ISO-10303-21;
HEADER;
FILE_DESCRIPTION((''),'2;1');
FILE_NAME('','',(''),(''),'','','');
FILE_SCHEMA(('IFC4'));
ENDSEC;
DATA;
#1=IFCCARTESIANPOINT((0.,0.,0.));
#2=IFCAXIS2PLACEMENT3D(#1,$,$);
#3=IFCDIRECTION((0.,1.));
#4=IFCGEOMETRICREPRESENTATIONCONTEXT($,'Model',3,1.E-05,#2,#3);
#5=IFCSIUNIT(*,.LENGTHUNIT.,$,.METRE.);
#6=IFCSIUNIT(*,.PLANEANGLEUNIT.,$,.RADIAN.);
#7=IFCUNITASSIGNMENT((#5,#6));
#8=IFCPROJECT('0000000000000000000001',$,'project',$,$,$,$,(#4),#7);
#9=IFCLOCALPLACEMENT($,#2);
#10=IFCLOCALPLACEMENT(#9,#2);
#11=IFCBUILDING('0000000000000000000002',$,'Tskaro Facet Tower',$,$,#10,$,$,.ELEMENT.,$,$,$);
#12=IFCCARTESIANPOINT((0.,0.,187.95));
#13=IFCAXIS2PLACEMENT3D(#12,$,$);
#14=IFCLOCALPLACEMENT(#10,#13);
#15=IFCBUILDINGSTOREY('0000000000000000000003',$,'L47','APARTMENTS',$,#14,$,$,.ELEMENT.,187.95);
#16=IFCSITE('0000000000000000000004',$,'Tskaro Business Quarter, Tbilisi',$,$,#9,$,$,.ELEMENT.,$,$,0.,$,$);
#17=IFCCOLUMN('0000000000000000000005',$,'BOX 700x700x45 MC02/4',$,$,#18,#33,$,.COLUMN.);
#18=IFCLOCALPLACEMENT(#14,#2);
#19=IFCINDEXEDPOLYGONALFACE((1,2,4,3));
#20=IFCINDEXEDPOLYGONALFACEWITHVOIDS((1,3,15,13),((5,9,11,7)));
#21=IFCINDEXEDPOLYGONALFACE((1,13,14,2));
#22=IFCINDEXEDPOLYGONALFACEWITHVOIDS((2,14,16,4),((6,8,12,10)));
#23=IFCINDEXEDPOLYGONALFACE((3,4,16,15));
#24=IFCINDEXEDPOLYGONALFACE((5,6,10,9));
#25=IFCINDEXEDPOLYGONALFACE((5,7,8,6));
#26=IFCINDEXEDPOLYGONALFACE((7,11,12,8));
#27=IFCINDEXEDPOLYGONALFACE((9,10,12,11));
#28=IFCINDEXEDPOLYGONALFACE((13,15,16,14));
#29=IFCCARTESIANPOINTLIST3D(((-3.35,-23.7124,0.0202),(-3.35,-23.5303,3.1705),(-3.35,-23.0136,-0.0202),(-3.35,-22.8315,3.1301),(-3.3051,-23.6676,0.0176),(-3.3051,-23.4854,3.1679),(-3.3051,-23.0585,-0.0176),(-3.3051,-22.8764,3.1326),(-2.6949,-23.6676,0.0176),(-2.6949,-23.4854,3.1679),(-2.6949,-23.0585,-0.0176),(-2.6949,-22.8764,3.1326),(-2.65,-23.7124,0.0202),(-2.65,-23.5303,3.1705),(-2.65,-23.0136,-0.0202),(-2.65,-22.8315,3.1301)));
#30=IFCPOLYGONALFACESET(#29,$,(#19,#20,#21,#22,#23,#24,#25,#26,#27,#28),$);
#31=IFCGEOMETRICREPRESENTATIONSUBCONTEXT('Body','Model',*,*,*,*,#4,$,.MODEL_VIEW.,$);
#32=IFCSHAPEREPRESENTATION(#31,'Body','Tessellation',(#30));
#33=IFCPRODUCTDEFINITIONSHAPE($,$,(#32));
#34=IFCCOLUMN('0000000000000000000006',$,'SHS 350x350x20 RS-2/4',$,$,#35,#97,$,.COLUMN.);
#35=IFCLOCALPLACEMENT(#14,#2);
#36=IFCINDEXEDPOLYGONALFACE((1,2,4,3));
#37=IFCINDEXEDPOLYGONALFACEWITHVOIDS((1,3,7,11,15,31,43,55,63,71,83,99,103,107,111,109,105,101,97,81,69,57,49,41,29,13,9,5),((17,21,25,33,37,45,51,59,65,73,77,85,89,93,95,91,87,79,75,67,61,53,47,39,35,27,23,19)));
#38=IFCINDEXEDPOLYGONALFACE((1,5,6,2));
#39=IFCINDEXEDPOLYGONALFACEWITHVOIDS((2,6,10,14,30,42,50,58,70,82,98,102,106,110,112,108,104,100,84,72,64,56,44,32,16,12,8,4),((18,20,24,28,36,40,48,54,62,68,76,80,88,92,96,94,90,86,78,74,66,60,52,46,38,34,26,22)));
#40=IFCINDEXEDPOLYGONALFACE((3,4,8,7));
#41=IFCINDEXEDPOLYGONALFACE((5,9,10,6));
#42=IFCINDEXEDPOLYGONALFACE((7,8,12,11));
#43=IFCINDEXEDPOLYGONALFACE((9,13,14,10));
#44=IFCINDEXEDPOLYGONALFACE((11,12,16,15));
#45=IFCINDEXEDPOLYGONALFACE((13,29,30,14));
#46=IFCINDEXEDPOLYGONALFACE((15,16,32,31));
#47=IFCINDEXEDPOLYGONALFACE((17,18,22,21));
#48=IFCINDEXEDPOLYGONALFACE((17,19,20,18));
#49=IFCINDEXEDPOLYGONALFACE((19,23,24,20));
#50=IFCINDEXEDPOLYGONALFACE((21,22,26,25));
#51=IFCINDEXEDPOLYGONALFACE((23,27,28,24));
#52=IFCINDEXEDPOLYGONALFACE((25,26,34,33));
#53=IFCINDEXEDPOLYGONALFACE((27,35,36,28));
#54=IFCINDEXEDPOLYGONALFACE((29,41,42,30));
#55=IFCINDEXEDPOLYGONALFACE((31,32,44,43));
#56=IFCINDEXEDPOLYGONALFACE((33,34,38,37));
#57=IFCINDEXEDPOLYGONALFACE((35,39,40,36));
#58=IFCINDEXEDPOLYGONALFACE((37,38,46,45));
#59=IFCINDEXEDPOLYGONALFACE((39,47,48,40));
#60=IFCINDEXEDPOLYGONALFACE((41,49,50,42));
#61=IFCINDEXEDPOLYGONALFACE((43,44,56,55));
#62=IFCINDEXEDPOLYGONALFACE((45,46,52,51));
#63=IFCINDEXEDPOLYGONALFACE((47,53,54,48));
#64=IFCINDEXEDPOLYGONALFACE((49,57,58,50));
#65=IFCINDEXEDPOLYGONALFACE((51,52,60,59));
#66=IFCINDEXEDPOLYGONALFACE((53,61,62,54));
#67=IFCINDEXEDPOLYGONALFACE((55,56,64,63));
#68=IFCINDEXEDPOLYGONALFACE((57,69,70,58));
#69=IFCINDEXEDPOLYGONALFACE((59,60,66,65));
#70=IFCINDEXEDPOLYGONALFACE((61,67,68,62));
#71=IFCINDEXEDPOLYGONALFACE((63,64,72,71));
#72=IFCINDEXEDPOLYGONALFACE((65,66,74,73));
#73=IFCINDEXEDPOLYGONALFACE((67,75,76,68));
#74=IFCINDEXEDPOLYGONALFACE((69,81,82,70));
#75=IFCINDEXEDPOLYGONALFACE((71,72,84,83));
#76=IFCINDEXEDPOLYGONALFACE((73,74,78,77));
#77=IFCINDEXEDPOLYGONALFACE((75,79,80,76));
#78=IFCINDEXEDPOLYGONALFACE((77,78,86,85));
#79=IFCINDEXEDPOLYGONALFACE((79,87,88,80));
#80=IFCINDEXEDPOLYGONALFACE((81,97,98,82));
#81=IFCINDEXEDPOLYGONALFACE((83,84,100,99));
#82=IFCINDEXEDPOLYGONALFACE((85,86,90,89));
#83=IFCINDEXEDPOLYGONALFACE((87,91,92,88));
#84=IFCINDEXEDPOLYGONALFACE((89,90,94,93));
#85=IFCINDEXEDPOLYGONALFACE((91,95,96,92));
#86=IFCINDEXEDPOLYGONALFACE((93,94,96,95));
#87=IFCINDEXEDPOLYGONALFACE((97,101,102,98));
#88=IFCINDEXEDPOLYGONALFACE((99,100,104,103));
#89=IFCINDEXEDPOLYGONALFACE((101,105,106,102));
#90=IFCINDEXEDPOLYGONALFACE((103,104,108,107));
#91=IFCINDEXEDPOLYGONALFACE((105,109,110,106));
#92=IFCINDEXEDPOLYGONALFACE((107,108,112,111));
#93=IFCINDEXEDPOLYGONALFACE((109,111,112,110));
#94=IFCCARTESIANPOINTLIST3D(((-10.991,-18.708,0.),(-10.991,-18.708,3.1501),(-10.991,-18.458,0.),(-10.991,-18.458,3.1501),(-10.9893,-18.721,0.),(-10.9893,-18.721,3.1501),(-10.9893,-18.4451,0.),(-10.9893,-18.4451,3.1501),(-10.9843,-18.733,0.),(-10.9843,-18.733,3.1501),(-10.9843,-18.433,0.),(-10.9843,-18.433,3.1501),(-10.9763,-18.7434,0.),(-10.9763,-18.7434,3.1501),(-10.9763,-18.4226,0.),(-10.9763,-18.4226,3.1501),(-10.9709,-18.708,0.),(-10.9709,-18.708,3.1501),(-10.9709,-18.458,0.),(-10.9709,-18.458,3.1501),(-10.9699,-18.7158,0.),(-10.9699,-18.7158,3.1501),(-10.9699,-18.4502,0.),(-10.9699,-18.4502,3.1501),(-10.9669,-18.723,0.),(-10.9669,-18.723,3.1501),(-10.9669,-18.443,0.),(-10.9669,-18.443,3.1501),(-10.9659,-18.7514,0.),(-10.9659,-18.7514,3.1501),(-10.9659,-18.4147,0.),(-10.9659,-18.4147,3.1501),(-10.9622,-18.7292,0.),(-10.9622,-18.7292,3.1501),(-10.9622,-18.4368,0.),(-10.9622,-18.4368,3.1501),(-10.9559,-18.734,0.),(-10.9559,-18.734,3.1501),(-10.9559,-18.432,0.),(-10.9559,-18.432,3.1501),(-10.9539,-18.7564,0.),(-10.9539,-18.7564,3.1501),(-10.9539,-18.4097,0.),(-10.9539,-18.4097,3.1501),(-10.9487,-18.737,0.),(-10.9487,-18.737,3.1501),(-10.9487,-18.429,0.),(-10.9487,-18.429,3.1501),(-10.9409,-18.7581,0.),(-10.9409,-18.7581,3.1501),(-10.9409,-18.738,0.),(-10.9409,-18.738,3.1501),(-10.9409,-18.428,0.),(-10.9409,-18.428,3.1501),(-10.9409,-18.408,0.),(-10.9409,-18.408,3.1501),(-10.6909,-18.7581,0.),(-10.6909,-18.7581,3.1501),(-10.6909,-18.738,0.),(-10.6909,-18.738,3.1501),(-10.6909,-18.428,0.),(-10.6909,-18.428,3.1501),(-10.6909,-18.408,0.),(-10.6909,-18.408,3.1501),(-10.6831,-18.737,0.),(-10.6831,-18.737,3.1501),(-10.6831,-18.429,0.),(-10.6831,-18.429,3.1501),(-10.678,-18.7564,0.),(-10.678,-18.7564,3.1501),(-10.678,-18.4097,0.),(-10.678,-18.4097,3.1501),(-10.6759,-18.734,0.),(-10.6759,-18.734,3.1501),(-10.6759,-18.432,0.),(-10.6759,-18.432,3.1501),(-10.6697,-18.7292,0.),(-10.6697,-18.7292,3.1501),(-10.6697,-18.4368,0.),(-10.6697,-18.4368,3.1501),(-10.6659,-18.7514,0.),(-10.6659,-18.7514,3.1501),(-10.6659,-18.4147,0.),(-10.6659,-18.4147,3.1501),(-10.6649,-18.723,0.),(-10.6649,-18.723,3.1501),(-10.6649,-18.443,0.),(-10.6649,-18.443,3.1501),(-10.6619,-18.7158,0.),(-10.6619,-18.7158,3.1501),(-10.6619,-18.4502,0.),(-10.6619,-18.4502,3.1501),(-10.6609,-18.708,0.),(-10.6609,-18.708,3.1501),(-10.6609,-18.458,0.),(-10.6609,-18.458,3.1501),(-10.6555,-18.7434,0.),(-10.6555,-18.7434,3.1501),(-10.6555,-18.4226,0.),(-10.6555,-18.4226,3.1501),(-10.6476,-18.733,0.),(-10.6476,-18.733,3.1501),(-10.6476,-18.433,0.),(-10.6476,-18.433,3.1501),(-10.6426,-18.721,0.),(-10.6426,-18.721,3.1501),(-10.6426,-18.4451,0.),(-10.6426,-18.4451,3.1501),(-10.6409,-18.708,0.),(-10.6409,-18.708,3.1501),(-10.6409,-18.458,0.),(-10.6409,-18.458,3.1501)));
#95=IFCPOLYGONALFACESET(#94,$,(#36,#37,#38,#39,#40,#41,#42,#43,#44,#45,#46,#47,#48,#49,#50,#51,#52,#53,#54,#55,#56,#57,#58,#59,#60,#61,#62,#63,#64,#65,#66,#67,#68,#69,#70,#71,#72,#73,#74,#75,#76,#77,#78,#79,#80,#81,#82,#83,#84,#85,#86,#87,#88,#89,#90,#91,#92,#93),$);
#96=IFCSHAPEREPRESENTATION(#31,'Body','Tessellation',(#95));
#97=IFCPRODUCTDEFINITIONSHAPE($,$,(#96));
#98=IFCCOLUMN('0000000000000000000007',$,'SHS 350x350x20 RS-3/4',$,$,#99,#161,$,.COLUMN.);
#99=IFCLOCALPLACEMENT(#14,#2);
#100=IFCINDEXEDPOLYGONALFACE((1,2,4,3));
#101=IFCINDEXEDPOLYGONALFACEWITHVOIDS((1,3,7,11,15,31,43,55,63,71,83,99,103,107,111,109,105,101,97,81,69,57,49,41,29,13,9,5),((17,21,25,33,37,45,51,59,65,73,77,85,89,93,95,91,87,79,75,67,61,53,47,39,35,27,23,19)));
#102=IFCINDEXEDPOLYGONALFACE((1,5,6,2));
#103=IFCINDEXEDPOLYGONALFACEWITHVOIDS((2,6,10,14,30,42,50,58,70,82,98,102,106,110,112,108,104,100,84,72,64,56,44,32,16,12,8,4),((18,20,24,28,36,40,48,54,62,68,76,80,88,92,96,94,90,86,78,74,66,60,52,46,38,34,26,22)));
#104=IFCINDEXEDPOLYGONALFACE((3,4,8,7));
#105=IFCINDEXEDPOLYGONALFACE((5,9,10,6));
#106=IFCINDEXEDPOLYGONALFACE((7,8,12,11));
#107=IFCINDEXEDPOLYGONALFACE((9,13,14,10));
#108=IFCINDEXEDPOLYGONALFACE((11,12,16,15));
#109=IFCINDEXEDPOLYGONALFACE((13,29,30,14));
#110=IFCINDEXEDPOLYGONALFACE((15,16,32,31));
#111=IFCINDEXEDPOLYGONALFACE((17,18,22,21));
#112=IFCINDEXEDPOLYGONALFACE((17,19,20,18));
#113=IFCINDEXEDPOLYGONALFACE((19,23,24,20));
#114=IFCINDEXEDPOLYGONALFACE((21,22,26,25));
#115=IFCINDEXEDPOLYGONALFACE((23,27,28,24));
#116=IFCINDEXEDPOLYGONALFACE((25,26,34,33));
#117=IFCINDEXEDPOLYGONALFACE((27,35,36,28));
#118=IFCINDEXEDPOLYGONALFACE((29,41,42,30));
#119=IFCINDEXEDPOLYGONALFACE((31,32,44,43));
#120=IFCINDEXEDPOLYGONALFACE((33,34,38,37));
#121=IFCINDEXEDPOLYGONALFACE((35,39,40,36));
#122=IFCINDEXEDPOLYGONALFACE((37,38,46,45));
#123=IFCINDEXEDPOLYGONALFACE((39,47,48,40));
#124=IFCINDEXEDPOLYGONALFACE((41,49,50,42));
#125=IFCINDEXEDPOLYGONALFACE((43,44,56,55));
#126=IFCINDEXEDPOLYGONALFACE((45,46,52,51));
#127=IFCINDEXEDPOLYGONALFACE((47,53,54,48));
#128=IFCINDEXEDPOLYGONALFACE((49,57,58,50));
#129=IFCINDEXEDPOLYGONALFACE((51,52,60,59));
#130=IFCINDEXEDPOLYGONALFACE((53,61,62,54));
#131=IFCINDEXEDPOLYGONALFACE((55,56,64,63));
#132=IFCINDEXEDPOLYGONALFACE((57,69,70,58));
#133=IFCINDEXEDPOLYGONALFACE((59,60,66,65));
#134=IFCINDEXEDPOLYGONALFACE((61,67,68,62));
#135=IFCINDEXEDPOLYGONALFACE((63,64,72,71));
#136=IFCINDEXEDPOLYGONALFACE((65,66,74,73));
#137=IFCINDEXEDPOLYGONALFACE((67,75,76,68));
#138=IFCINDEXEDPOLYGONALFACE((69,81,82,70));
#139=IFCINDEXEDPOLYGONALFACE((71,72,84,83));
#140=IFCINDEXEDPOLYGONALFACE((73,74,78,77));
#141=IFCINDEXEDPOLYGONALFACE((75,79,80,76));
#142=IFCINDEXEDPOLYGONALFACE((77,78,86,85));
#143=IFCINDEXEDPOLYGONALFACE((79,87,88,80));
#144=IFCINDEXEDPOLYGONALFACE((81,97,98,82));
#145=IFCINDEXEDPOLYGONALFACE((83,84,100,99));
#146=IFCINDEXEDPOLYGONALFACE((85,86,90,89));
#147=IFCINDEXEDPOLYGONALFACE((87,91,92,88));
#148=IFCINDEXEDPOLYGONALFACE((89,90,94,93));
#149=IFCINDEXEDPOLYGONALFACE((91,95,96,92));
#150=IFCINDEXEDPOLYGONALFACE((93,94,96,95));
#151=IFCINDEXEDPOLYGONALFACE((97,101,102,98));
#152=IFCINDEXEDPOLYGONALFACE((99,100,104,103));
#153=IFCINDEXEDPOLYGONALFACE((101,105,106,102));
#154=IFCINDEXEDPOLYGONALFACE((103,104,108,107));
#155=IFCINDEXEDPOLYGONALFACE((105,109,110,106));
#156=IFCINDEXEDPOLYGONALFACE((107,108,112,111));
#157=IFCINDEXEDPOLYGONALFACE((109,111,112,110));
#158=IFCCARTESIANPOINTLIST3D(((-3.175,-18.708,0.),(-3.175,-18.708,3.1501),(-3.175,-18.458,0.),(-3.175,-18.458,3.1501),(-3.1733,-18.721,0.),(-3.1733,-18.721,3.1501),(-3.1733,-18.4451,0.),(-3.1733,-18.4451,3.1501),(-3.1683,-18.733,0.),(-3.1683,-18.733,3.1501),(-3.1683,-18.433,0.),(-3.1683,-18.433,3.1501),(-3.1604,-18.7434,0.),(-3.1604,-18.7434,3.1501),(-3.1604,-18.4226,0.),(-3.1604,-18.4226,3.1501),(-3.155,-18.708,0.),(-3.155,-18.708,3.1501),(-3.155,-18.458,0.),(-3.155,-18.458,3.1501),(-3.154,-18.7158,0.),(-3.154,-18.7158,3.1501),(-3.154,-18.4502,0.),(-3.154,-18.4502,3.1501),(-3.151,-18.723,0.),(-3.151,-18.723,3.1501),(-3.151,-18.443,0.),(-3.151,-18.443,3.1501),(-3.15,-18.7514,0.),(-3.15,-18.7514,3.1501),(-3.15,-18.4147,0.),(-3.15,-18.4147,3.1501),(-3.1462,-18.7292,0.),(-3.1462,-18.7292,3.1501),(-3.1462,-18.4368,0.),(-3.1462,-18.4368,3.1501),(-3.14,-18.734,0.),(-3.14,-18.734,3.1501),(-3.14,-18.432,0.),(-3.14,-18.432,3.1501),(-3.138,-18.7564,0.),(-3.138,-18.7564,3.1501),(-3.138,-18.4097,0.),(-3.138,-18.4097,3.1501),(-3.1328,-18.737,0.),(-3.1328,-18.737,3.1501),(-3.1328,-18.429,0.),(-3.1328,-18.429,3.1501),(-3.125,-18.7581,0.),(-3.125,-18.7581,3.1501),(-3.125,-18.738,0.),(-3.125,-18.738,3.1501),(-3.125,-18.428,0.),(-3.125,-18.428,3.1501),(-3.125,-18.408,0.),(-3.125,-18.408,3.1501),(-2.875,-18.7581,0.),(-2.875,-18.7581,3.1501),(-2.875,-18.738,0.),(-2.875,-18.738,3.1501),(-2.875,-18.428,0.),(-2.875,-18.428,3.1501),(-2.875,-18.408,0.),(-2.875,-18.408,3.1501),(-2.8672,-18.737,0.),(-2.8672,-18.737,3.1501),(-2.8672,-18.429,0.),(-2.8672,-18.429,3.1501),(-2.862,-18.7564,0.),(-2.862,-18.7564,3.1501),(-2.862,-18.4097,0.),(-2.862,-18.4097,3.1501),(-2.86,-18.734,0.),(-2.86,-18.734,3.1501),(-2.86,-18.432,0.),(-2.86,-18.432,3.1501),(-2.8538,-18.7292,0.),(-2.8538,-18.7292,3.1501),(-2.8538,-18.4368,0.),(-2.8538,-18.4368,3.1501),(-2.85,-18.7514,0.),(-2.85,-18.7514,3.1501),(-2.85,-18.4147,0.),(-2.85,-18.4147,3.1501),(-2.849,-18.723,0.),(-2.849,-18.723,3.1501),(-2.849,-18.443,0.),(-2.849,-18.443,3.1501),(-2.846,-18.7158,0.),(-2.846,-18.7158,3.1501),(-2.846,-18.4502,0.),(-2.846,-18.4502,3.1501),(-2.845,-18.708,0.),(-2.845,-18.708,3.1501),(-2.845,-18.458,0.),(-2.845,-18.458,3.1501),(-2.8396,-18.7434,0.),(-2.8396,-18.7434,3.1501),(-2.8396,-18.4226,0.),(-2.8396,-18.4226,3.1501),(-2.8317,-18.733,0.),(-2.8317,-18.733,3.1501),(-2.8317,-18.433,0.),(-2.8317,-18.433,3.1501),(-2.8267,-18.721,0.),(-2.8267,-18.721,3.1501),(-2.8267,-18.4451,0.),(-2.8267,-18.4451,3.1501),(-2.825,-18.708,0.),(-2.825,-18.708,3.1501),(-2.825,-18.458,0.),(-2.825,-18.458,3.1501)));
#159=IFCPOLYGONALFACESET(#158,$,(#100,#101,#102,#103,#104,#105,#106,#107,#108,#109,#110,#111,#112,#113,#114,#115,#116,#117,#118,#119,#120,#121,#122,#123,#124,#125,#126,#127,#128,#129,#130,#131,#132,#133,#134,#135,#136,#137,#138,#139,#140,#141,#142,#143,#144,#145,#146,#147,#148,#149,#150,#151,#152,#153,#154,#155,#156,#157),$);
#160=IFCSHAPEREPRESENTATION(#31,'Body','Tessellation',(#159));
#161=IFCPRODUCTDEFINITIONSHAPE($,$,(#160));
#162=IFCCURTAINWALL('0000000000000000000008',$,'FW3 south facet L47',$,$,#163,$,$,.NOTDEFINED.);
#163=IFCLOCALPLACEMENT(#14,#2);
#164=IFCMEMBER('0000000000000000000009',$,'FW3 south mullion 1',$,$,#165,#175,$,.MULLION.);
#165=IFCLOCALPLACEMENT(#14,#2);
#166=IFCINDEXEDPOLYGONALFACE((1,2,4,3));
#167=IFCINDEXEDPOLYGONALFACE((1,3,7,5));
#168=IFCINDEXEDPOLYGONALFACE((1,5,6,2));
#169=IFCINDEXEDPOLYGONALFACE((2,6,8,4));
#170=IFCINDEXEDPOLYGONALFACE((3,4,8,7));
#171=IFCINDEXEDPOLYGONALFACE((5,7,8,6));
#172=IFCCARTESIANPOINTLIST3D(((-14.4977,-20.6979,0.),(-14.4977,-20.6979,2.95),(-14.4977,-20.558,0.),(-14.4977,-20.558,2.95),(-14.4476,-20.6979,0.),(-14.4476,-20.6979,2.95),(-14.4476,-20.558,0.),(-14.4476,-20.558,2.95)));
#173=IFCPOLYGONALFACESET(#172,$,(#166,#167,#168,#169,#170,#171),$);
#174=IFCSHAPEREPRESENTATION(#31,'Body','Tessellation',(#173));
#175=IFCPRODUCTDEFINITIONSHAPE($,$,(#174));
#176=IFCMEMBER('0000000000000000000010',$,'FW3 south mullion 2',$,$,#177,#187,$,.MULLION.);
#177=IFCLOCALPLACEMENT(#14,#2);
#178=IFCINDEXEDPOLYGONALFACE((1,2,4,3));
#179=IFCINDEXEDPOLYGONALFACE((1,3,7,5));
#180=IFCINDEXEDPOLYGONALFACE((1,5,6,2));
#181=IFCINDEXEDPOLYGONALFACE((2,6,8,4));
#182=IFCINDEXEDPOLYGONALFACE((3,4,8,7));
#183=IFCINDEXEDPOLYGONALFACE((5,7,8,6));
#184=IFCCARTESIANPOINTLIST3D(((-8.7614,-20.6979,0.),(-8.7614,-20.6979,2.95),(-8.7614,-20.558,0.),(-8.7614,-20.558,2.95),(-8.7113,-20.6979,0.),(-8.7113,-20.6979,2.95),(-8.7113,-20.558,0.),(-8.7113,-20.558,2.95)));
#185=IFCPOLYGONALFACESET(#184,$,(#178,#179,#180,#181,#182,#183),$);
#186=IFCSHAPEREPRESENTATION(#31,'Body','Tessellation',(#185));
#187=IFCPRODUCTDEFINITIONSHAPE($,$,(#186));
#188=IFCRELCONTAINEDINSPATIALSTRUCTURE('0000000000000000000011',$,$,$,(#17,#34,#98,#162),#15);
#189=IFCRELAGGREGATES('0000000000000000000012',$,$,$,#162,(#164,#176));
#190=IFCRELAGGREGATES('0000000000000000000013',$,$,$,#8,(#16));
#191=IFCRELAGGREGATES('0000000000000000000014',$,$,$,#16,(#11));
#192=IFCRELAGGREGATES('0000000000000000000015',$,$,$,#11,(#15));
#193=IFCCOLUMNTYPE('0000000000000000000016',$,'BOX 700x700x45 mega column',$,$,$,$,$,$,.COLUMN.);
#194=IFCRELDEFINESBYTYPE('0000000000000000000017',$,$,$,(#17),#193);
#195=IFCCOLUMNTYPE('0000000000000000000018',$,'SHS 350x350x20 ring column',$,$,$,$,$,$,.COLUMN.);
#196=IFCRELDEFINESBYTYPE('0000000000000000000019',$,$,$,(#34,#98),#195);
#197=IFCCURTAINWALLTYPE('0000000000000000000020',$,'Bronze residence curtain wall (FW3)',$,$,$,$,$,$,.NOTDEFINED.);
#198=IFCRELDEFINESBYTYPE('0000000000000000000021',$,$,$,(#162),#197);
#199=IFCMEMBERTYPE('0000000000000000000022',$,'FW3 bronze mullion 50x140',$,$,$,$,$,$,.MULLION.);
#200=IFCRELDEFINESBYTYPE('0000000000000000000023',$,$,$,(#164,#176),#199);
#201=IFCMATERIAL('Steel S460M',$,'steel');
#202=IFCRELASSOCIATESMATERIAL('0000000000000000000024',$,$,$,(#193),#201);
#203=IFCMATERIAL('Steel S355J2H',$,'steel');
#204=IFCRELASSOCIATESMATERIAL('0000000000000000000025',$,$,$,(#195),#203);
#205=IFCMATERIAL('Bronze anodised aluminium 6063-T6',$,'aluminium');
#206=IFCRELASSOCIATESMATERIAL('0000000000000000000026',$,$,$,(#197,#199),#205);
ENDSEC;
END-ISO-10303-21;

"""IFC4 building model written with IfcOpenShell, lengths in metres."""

from ifc_helpers import new_model, si_unit, direction, frame, origin, origin_2d, place, context, subcontext, project, spatial, rectangle, hollow_rectangle, extrude, material, material_profile, profile_set, type_object, element, aggregate, save


model = new_model("IFC4")

# Units and contexts
model_context = context("Model", 3, precision=1e-05, world=origin(), true_north=direction((0.0, 1.0)))
body_context = subcontext(model_context, "Body", "Model", "MODEL_VIEW")
ifc_project = project(units=[si_unit("LENGTHUNIT", "METRE"), si_unit("PLANEANGLEUNIT", "RADIAN")], contexts=[model_context])

# Site, building, storey
site_placement = place(None, origin())
site = spatial("IfcSite", under=ifc_project, at=site_placement, Name="Tskaro Business Quarter, Tbilisi", CompositionType="ELEMENT", RefElevation=0.0)
building_placement = place(site_placement, origin())
building = spatial("IfcBuilding", under=site, at=building_placement, Name="Tskaro Facet Tower", CompositionType="ELEMENT")
storey_placement = place(building_placement, frame((0.0, 0.0, 187.95)))
storey = spatial("IfcBuildingStorey", under=building, at=storey_placement, Name="L47", Description="APARTMENTS", CompositionType="ELEMENT", Elevation=187.95)

# Columns
ifc_material_1 = material(Name="Steel S460M", Category="steel")
ifc_material_profile_1 = material_profile(ifc_material_1, hollow_rectangle(XDim=0.7, YDim=0.7, WallThickness=0.0449, at=origin_2d()), Name="BOX 700x700x45")
ifc_profile_set_1 = profile_set([ifc_material_profile_1], Name="Steel S460M")
column_type_1 = type_object("IfcColumnType", Name="BOX 700x700x45 mega column", PredefinedType="COLUMN", material=ifc_profile_set_1)
column_placement = place(storey_placement, frame((-3.0, -23.363, 0.0), z_axis=(0.0, 0.05772, 0.998333), x_axis=(-1.0, 0.0, 0.0)))
element("IfcColumn", 1, at=column_placement, inside=storey, type_object=column_type_1, Name="BOX 700x700x45 MC02/4", PredefinedType="COLUMN", context=body_context, shape_type="SweptSolid", body=[
    extrude(hollow_rectangle(XDim=0.7, YDim=0.7, WallThickness=0.0449, at=origin_2d()), origin(), (0.0, 0.0, 1.0), 3.1555),
])
ifc_material_2 = material(Name="Steel S355J2H", Category="steel")
ifc_material_profile_2 = material_profile(ifc_material_2, hollow_rectangle(XDim=0.3501, YDim=0.3501, WallThickness=0.02, InnerFilletRadius=0.03, OuterFilletRadius=0.05, at=origin_2d()), Name="SHS 350x350x20")
ifc_profile_set_2 = profile_set([ifc_material_profile_2], Name="Steel S355J2H")
column_type_2 = type_object("IfcColumnType", Name="SHS 350x350x20 ring column", PredefinedType="COLUMN", material=ifc_profile_set_2)
for number, where, z_axis, x_axis, name in (
    (2, (-10.8159, -18.583, 0.0), (0.0, 0.0, 1.0), (1.0, 0.0, 0.0), "SHS 350x350x20 RS-2/4"),
    (3, (-3.0, -18.583, 0.0), (0.0, 0.0, 1.0), (1.0, 0.0, 0.0), "SHS 350x350x20 RS-3/4"),
):
    element("IfcColumn", number, at=place(storey_placement, frame(where, z_axis=z_axis, x_axis=x_axis)), inside=storey, type_object=column_type_2, Name=name, PredefinedType="COLUMN", context=body_context, shape_type="SweptSolid", body=[
        extrude(hollow_rectangle(XDim=0.3501, YDim=0.3501, WallThickness=0.02, InnerFilletRadius=0.03, OuterFilletRadius=0.05, at=origin_2d()), origin(), (0.0, 0.0, 1.0), 3.1501),
    ])

# Curtain wall, members
ifc_material_3 = material(Name="Bronze anodised aluminium 6063-T6", Category="aluminium")
curtain_wall_type = type_object("IfcCurtainWallType", Name="Bronze residence curtain wall (FW3)", PredefinedType="NOTDEFINED", material=ifc_material_3)
curtain_wall_placement = place(storey_placement, origin())
curtain_wall = element("IfcCurtainWall", 4, at=curtain_wall_placement, inside=storey, type_object=curtain_wall_type, Name="FW3 south facet L47", PredefinedType="NOTDEFINED")
ifc_material_profile_3 = material_profile(ifc_material_3, rectangle(XDim=0.05, YDim=0.1399, at=origin_2d()), Name="Mullion 50x140")
ifc_profile_set_3 = profile_set([ifc_material_profile_3], Name="Bronze anodised aluminium 6063-T6")
member_type_1 = type_object("IfcMemberType", Name="FW3 bronze mullion 50x140", PredefinedType="MULLION", material=ifc_profile_set_3)
member_1_placement = place(storey_placement, frame((-14.4727, -20.6279, 0.0), z_axis=(0.0, 0.0, 1.0), x_axis=(1.0, 0.0, 0.0)))
member_1 = element("IfcMember", 5, at=member_1_placement, type_object=member_type_1, Name="FW3 south mullion 1", PredefinedType="MULLION", context=body_context, shape_type="SweptSolid", body=[
    extrude(rectangle(XDim=0.05, YDim=0.1399, at=origin_2d()), origin(), (0.0, 0.0, 1.0), 2.95),
])
member_2_placement = place(storey_placement, frame((-8.7363, -20.6279, 0.0), z_axis=(0.0, 0.0, 1.0), x_axis=(1.0, 0.0, 0.0)))
member_2 = element("IfcMember", 6, at=member_2_placement, type_object=member_type_1, Name="FW3 south mullion 2", PredefinedType="MULLION", context=body_context, shape_type="SweptSolid", body=[
    extrude(rectangle(XDim=0.05, YDim=0.1399, at=origin_2d()), origin(), (0.0, 0.0, 1.0), 2.95),
])

aggregate(curtain_wall, [member_1, member_2])

save(model, "model.ifc")
